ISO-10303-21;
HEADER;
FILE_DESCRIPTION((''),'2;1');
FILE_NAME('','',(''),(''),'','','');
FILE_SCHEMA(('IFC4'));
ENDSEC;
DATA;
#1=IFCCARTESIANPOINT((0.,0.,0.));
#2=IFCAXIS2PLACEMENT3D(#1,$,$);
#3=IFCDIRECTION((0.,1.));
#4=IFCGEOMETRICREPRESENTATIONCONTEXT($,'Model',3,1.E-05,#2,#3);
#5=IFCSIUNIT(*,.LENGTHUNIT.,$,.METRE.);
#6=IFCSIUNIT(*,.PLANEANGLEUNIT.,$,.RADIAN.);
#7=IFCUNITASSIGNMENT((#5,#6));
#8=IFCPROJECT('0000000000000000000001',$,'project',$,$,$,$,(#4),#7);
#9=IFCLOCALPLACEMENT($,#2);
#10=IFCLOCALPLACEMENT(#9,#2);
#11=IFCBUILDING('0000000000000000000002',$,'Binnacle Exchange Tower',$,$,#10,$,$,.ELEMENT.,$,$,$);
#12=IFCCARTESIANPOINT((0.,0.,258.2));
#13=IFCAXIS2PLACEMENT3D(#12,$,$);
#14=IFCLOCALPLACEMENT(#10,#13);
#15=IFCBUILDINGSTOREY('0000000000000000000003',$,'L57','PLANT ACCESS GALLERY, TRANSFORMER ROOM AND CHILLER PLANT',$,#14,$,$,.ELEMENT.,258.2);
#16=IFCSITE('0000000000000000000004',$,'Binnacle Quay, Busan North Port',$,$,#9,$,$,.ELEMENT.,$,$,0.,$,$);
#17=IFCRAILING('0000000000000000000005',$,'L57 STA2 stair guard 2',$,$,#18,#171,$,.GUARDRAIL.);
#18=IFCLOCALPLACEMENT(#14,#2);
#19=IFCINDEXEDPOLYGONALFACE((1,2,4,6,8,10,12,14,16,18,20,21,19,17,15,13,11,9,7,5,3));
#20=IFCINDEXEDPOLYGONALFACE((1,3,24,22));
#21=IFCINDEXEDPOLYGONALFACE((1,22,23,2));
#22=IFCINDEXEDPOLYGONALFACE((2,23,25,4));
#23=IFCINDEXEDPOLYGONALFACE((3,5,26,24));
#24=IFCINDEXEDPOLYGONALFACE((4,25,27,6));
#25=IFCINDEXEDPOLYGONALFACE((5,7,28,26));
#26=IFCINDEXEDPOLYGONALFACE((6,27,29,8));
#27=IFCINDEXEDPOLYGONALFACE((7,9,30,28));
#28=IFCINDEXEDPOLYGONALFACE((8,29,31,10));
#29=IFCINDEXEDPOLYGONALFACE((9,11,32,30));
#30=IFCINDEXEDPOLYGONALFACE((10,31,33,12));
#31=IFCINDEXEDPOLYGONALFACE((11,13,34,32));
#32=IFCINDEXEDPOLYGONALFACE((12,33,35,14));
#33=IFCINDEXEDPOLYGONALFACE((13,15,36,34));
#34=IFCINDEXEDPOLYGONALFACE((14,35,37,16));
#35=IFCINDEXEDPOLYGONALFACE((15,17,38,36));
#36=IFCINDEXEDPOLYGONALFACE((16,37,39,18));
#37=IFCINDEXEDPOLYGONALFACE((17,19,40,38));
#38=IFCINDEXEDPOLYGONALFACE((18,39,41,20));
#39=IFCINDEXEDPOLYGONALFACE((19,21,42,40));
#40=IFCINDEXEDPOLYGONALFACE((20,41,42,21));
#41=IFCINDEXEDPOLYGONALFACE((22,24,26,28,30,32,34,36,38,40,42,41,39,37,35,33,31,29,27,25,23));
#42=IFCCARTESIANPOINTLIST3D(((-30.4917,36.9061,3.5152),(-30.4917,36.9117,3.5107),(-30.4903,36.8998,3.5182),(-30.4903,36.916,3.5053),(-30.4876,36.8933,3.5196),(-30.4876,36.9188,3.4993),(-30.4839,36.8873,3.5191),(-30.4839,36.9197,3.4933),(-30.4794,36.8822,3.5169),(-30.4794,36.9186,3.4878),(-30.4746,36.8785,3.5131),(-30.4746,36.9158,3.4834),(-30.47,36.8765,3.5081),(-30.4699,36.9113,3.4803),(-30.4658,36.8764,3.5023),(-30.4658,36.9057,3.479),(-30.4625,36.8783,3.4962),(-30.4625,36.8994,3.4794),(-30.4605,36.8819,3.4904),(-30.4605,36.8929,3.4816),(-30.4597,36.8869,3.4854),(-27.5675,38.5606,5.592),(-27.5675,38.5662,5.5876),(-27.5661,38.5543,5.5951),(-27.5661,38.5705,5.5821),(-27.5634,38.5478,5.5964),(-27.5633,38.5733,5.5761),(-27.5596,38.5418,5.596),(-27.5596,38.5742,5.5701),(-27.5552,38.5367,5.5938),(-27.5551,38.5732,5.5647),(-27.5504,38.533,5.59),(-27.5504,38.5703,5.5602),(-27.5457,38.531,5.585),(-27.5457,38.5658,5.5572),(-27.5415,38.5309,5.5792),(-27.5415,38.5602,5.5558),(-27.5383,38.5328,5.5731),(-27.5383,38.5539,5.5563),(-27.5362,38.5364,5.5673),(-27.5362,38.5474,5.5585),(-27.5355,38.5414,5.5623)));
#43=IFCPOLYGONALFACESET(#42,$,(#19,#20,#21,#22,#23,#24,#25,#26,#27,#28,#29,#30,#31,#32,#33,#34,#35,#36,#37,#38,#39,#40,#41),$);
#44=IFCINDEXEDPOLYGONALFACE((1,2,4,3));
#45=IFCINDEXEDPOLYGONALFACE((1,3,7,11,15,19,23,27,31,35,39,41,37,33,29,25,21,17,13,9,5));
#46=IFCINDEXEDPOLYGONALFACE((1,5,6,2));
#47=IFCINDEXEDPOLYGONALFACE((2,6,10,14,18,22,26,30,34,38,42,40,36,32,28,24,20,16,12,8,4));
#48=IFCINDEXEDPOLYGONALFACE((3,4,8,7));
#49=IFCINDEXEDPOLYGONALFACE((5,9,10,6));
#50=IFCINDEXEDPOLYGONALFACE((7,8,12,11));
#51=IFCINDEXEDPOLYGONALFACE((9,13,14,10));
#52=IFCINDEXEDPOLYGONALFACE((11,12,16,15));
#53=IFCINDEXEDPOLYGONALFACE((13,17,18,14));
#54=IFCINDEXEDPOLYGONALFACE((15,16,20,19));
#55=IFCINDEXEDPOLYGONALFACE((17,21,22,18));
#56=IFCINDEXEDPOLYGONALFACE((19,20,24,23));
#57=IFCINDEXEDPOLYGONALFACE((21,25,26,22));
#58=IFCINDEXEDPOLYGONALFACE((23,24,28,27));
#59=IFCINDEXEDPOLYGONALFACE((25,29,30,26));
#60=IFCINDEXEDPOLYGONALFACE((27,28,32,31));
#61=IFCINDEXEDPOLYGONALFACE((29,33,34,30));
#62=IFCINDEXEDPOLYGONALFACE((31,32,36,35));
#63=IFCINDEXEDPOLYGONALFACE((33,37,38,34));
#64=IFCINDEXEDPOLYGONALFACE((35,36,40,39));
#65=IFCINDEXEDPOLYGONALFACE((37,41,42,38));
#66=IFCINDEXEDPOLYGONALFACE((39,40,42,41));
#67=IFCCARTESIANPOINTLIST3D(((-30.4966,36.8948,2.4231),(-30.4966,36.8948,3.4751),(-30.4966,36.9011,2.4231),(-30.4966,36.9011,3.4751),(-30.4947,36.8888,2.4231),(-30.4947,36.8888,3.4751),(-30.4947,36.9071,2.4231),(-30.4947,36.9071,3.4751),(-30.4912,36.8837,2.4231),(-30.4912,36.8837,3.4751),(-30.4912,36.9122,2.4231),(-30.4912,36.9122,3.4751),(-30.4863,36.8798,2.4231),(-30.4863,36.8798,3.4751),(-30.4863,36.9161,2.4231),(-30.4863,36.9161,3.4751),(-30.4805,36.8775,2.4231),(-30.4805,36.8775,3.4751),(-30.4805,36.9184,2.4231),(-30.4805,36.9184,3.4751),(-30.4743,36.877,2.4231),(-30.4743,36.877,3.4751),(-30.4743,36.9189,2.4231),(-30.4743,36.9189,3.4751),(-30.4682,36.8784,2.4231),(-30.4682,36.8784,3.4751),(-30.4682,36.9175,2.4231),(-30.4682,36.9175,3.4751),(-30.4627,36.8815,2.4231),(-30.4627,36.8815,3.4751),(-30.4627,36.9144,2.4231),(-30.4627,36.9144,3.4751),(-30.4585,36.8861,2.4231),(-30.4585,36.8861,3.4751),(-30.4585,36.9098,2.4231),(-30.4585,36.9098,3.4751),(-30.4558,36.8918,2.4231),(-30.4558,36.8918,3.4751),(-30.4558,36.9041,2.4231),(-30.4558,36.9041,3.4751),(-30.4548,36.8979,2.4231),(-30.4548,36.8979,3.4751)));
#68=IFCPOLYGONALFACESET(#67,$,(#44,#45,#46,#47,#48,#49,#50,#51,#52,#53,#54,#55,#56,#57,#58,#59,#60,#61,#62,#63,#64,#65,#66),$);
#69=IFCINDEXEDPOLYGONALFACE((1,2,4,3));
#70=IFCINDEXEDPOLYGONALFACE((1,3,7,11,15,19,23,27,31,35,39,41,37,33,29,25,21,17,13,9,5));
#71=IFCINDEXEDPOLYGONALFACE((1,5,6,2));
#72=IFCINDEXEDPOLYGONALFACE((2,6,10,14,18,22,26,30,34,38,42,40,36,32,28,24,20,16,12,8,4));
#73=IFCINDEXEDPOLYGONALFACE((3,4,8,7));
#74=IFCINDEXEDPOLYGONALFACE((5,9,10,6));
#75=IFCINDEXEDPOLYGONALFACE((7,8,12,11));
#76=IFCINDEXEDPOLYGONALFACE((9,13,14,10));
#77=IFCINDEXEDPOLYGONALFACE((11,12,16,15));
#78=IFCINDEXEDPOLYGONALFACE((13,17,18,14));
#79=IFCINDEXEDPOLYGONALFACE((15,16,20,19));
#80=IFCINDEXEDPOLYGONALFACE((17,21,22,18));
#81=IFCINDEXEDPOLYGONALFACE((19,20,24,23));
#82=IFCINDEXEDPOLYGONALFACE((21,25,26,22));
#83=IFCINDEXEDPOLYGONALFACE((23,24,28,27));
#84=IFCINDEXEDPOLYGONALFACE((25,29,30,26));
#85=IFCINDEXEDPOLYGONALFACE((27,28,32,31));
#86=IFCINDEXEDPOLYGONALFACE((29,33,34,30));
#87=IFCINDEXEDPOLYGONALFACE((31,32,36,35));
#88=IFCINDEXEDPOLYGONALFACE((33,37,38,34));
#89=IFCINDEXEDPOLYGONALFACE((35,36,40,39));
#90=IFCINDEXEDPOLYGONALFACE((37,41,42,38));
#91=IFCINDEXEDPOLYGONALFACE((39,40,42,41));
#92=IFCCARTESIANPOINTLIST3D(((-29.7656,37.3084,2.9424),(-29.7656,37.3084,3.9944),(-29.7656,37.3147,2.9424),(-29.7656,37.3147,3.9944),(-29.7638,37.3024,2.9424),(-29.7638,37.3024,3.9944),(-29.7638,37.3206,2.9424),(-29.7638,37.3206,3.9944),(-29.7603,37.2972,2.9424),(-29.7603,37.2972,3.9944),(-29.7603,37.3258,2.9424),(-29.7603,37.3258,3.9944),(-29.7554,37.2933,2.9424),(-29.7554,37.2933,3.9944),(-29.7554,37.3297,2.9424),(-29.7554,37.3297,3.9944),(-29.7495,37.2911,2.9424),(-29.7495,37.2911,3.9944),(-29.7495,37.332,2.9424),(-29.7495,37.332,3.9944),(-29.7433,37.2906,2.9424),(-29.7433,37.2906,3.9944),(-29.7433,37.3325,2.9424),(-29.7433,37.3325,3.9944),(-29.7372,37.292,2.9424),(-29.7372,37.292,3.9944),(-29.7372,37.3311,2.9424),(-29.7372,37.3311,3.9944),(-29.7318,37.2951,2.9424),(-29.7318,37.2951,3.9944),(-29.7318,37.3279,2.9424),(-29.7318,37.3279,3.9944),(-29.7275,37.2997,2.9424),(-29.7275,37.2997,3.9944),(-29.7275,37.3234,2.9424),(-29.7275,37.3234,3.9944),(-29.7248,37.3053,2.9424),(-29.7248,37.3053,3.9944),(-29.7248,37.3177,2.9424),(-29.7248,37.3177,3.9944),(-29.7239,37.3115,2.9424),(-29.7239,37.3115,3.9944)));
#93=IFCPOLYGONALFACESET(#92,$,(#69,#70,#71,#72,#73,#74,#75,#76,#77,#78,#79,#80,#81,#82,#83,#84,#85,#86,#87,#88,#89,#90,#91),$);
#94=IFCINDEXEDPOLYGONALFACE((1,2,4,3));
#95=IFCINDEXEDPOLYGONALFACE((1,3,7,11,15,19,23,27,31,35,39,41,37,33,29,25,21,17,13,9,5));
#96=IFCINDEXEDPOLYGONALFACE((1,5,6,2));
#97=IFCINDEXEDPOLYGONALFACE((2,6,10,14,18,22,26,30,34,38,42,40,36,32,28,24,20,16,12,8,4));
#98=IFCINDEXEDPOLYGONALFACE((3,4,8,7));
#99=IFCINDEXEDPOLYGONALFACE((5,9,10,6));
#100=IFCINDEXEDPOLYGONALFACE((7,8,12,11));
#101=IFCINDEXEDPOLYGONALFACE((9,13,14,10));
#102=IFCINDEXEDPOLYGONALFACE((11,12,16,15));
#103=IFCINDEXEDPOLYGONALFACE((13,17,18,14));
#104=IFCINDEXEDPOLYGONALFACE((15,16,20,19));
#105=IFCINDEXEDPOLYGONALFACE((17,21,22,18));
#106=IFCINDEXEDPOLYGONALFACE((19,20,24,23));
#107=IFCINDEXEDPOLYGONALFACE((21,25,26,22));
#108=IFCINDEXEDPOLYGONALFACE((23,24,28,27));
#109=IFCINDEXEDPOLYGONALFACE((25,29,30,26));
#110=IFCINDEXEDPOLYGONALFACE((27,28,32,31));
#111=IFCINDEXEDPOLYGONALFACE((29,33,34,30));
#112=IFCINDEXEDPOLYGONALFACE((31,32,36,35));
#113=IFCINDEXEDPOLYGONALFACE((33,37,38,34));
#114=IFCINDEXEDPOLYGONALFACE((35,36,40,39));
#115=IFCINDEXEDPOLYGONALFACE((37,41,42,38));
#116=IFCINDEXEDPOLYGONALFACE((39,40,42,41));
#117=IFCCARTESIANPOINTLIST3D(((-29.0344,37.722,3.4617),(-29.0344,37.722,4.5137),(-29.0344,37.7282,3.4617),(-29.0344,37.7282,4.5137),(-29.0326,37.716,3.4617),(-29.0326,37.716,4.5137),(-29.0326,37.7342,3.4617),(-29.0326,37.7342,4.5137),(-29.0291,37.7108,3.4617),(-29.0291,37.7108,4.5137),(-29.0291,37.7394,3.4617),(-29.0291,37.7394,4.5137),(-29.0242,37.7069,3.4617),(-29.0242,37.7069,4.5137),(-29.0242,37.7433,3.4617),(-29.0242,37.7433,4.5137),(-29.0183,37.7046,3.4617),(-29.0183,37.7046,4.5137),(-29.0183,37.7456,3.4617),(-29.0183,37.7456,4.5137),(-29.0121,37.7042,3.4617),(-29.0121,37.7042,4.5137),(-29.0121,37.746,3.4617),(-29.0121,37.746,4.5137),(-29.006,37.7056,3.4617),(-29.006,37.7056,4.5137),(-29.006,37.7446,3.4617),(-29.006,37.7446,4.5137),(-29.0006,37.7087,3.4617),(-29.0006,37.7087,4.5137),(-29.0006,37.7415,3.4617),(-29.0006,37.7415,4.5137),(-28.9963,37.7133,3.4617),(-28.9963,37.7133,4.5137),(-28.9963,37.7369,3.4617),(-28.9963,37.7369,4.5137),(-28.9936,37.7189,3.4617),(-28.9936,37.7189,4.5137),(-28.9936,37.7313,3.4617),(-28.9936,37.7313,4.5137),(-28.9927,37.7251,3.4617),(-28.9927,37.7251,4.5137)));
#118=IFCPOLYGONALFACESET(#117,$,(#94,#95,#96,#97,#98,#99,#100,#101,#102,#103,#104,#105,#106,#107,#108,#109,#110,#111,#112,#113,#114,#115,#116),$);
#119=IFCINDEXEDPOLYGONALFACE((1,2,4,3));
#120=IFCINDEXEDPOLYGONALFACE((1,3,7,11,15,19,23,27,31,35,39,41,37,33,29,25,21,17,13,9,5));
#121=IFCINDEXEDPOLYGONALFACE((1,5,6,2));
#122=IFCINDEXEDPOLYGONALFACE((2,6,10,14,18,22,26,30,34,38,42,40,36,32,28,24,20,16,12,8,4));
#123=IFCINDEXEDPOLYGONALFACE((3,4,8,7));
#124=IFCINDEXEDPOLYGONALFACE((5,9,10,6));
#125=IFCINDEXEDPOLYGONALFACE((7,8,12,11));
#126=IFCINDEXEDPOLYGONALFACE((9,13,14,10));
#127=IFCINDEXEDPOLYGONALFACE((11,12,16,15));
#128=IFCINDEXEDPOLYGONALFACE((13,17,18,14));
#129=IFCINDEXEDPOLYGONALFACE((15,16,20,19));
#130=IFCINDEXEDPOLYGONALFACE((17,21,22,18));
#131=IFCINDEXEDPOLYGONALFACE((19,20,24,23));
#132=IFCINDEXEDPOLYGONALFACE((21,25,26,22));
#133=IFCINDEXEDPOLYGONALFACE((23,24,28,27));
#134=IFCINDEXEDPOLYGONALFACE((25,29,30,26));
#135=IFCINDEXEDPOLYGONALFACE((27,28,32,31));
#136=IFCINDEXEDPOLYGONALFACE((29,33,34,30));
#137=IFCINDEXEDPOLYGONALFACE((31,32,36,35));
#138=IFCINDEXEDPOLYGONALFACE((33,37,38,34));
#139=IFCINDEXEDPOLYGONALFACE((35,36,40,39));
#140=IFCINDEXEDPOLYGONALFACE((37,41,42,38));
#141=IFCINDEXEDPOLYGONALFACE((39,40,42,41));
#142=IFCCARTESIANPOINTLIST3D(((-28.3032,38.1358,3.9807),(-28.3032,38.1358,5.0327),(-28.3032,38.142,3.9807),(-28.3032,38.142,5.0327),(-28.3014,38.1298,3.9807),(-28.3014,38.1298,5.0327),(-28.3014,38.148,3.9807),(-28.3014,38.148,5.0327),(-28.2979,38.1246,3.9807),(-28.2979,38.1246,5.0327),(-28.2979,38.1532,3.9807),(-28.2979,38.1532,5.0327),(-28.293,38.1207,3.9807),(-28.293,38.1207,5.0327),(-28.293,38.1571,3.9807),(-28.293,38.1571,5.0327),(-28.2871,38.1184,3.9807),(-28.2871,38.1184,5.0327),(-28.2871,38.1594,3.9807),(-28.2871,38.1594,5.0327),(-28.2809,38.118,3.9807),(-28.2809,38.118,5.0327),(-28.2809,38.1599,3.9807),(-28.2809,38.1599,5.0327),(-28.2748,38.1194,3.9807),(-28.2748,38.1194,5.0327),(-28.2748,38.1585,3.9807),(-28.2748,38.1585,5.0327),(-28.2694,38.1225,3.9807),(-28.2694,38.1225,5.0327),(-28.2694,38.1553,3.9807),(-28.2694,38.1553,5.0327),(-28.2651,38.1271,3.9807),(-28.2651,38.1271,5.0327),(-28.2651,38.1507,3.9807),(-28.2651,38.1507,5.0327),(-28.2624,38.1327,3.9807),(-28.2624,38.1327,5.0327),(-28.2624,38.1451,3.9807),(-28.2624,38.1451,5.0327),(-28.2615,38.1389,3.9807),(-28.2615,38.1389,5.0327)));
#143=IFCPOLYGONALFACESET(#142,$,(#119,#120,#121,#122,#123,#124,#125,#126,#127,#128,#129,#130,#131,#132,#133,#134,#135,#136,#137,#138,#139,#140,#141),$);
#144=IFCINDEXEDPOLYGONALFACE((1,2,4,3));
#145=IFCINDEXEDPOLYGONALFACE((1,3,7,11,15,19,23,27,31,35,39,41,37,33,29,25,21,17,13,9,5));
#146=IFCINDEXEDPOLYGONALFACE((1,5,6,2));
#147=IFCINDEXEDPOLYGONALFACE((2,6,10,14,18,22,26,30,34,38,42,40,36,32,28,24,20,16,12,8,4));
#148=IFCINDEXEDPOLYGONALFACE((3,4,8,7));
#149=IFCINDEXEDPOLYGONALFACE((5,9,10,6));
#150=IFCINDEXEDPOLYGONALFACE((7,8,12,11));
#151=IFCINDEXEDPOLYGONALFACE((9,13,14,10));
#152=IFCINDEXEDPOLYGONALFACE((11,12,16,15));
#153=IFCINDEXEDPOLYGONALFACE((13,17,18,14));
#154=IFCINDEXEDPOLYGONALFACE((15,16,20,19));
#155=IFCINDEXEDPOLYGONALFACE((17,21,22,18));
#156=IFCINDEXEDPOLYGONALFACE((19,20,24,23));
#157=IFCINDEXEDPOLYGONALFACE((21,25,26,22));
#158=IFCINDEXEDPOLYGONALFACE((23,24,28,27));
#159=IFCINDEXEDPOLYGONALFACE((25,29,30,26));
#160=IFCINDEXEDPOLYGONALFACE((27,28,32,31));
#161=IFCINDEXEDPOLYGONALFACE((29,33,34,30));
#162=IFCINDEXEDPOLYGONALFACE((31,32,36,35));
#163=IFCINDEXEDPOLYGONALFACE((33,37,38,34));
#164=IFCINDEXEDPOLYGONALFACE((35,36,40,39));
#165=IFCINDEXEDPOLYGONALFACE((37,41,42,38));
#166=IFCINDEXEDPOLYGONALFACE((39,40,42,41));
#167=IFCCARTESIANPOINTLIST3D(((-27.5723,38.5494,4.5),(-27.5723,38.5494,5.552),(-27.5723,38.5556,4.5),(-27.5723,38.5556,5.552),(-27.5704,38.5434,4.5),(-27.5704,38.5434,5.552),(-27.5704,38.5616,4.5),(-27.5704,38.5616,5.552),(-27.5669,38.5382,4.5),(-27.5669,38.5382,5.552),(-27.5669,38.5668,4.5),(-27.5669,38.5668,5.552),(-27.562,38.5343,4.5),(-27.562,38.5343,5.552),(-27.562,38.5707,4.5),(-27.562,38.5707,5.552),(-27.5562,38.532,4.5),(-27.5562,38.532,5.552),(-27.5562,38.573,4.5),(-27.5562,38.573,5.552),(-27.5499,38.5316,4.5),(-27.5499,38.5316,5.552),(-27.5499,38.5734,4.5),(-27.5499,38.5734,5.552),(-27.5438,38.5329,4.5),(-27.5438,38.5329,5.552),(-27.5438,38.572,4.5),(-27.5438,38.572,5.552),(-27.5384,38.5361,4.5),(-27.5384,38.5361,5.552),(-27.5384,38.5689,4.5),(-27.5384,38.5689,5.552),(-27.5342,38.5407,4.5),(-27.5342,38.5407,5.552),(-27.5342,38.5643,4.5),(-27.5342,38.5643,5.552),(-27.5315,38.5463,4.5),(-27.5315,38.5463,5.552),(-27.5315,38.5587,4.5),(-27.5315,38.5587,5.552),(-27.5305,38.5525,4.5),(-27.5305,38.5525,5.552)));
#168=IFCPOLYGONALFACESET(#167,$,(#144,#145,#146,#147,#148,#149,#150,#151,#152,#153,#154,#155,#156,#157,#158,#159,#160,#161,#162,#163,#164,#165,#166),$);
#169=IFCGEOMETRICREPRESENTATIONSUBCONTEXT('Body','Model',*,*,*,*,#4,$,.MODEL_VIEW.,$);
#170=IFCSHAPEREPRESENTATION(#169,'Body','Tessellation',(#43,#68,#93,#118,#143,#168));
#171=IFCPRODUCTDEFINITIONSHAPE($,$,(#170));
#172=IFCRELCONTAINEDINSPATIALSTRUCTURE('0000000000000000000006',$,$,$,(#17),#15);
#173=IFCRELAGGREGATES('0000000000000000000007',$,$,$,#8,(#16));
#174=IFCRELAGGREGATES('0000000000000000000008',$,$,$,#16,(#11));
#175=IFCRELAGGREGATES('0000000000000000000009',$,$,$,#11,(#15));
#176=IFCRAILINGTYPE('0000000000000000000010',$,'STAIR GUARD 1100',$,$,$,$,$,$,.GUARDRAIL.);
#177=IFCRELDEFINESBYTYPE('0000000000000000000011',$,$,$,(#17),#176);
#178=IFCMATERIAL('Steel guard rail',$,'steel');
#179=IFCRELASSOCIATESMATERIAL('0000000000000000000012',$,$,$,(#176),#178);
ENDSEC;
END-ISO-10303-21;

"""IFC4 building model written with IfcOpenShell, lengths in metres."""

from ifc_helpers import new_model, si_unit, direction, frame, origin, origin_2d, place, context, subcontext, project, spatial, circle, extrude, material, type_object, element, save


model = new_model("IFC4")

# Units and contexts
model_context = context("Model", 3, precision=1e-05, world=origin(), true_north=direction((0.0, 1.0)))
body_context = subcontext(model_context, "Body", "Model", "MODEL_VIEW")
ifc_project = project(units=[si_unit("LENGTHUNIT", "METRE"), si_unit("PLANEANGLEUNIT", "RADIAN")], contexts=[model_context])

# Site, building, storey
site_placement = place(None, origin())
site = spatial("IfcSite", under=ifc_project, at=site_placement, Name="Binnacle Quay, Busan North Port", CompositionType="ELEMENT", RefElevation=0.0)
building_placement = place(site_placement, origin())
building = spatial("IfcBuilding", under=site, at=building_placement, Name="Binnacle Exchange Tower", CompositionType="ELEMENT")
storey_placement = place(building_placement, frame((0.0, 0.0, 258.2)))
storey = spatial("IfcBuildingStorey", under=building, at=storey_placement, Name="L57", Description="PLANT ACCESS GALLERY, TRANSFORMER ROOM AND CHILLER PLANT", CompositionType="ELEMENT", Elevation=258.2)

# Railing
ifc_material_1 = material(Name="Steel guard rail", Category="steel")
railing_type_1 = type_object("IfcRailingType", Name="STAIR GUARD 1100", PredefinedType="GUARDRAIL", material=ifc_material_1)
railing_1_placement = place(storey_placement, frame((-30.4758, 36.8979, 2.4231)))
element("IfcRailing", 1, at=railing_1_placement, inside=storey, type_object=railing_type_1, Name="L57 STA2 stair guard 2", PredefinedType="GUARDRAIL", context=body_context, shape_type="SweptSolid", body=[
    extrude(circle(Radius=0.0239, at=origin_2d()), frame((0.0, 0.0, 1.0762), z_axis=(0.740329, 0.418869, 0.525796), x_axis=(-0.492433, 0.87035, 0.0)), (0.0, 0.0, 1.0), 3.95),
    extrude(circle(Radius=0.021, at=origin_2d()), origin(), (0.0, 0.0, 1.0), 1.052),
    extrude(circle(Radius=0.021, at=origin_2d()), frame((0.731, 0.4136, 0.5193)), (0.0, 0.0, 1.0), 1.052),
    extrude(circle(Radius=0.021, at=origin_2d()), frame((1.4622, 0.8271, 1.0386)), (0.0, 0.0, 1.0), 1.052),
    extrude(circle(Radius=0.021, at=origin_2d()), frame((2.1934, 1.241, 1.5576)), (0.0, 0.0, 1.0), 1.052),
    extrude(circle(Radius=0.021, at=origin_2d()), frame((2.9243, 1.6545, 2.0769)), (0.0, 0.0, 1.0), 1.052),
])

save(model, "model.ifc")
